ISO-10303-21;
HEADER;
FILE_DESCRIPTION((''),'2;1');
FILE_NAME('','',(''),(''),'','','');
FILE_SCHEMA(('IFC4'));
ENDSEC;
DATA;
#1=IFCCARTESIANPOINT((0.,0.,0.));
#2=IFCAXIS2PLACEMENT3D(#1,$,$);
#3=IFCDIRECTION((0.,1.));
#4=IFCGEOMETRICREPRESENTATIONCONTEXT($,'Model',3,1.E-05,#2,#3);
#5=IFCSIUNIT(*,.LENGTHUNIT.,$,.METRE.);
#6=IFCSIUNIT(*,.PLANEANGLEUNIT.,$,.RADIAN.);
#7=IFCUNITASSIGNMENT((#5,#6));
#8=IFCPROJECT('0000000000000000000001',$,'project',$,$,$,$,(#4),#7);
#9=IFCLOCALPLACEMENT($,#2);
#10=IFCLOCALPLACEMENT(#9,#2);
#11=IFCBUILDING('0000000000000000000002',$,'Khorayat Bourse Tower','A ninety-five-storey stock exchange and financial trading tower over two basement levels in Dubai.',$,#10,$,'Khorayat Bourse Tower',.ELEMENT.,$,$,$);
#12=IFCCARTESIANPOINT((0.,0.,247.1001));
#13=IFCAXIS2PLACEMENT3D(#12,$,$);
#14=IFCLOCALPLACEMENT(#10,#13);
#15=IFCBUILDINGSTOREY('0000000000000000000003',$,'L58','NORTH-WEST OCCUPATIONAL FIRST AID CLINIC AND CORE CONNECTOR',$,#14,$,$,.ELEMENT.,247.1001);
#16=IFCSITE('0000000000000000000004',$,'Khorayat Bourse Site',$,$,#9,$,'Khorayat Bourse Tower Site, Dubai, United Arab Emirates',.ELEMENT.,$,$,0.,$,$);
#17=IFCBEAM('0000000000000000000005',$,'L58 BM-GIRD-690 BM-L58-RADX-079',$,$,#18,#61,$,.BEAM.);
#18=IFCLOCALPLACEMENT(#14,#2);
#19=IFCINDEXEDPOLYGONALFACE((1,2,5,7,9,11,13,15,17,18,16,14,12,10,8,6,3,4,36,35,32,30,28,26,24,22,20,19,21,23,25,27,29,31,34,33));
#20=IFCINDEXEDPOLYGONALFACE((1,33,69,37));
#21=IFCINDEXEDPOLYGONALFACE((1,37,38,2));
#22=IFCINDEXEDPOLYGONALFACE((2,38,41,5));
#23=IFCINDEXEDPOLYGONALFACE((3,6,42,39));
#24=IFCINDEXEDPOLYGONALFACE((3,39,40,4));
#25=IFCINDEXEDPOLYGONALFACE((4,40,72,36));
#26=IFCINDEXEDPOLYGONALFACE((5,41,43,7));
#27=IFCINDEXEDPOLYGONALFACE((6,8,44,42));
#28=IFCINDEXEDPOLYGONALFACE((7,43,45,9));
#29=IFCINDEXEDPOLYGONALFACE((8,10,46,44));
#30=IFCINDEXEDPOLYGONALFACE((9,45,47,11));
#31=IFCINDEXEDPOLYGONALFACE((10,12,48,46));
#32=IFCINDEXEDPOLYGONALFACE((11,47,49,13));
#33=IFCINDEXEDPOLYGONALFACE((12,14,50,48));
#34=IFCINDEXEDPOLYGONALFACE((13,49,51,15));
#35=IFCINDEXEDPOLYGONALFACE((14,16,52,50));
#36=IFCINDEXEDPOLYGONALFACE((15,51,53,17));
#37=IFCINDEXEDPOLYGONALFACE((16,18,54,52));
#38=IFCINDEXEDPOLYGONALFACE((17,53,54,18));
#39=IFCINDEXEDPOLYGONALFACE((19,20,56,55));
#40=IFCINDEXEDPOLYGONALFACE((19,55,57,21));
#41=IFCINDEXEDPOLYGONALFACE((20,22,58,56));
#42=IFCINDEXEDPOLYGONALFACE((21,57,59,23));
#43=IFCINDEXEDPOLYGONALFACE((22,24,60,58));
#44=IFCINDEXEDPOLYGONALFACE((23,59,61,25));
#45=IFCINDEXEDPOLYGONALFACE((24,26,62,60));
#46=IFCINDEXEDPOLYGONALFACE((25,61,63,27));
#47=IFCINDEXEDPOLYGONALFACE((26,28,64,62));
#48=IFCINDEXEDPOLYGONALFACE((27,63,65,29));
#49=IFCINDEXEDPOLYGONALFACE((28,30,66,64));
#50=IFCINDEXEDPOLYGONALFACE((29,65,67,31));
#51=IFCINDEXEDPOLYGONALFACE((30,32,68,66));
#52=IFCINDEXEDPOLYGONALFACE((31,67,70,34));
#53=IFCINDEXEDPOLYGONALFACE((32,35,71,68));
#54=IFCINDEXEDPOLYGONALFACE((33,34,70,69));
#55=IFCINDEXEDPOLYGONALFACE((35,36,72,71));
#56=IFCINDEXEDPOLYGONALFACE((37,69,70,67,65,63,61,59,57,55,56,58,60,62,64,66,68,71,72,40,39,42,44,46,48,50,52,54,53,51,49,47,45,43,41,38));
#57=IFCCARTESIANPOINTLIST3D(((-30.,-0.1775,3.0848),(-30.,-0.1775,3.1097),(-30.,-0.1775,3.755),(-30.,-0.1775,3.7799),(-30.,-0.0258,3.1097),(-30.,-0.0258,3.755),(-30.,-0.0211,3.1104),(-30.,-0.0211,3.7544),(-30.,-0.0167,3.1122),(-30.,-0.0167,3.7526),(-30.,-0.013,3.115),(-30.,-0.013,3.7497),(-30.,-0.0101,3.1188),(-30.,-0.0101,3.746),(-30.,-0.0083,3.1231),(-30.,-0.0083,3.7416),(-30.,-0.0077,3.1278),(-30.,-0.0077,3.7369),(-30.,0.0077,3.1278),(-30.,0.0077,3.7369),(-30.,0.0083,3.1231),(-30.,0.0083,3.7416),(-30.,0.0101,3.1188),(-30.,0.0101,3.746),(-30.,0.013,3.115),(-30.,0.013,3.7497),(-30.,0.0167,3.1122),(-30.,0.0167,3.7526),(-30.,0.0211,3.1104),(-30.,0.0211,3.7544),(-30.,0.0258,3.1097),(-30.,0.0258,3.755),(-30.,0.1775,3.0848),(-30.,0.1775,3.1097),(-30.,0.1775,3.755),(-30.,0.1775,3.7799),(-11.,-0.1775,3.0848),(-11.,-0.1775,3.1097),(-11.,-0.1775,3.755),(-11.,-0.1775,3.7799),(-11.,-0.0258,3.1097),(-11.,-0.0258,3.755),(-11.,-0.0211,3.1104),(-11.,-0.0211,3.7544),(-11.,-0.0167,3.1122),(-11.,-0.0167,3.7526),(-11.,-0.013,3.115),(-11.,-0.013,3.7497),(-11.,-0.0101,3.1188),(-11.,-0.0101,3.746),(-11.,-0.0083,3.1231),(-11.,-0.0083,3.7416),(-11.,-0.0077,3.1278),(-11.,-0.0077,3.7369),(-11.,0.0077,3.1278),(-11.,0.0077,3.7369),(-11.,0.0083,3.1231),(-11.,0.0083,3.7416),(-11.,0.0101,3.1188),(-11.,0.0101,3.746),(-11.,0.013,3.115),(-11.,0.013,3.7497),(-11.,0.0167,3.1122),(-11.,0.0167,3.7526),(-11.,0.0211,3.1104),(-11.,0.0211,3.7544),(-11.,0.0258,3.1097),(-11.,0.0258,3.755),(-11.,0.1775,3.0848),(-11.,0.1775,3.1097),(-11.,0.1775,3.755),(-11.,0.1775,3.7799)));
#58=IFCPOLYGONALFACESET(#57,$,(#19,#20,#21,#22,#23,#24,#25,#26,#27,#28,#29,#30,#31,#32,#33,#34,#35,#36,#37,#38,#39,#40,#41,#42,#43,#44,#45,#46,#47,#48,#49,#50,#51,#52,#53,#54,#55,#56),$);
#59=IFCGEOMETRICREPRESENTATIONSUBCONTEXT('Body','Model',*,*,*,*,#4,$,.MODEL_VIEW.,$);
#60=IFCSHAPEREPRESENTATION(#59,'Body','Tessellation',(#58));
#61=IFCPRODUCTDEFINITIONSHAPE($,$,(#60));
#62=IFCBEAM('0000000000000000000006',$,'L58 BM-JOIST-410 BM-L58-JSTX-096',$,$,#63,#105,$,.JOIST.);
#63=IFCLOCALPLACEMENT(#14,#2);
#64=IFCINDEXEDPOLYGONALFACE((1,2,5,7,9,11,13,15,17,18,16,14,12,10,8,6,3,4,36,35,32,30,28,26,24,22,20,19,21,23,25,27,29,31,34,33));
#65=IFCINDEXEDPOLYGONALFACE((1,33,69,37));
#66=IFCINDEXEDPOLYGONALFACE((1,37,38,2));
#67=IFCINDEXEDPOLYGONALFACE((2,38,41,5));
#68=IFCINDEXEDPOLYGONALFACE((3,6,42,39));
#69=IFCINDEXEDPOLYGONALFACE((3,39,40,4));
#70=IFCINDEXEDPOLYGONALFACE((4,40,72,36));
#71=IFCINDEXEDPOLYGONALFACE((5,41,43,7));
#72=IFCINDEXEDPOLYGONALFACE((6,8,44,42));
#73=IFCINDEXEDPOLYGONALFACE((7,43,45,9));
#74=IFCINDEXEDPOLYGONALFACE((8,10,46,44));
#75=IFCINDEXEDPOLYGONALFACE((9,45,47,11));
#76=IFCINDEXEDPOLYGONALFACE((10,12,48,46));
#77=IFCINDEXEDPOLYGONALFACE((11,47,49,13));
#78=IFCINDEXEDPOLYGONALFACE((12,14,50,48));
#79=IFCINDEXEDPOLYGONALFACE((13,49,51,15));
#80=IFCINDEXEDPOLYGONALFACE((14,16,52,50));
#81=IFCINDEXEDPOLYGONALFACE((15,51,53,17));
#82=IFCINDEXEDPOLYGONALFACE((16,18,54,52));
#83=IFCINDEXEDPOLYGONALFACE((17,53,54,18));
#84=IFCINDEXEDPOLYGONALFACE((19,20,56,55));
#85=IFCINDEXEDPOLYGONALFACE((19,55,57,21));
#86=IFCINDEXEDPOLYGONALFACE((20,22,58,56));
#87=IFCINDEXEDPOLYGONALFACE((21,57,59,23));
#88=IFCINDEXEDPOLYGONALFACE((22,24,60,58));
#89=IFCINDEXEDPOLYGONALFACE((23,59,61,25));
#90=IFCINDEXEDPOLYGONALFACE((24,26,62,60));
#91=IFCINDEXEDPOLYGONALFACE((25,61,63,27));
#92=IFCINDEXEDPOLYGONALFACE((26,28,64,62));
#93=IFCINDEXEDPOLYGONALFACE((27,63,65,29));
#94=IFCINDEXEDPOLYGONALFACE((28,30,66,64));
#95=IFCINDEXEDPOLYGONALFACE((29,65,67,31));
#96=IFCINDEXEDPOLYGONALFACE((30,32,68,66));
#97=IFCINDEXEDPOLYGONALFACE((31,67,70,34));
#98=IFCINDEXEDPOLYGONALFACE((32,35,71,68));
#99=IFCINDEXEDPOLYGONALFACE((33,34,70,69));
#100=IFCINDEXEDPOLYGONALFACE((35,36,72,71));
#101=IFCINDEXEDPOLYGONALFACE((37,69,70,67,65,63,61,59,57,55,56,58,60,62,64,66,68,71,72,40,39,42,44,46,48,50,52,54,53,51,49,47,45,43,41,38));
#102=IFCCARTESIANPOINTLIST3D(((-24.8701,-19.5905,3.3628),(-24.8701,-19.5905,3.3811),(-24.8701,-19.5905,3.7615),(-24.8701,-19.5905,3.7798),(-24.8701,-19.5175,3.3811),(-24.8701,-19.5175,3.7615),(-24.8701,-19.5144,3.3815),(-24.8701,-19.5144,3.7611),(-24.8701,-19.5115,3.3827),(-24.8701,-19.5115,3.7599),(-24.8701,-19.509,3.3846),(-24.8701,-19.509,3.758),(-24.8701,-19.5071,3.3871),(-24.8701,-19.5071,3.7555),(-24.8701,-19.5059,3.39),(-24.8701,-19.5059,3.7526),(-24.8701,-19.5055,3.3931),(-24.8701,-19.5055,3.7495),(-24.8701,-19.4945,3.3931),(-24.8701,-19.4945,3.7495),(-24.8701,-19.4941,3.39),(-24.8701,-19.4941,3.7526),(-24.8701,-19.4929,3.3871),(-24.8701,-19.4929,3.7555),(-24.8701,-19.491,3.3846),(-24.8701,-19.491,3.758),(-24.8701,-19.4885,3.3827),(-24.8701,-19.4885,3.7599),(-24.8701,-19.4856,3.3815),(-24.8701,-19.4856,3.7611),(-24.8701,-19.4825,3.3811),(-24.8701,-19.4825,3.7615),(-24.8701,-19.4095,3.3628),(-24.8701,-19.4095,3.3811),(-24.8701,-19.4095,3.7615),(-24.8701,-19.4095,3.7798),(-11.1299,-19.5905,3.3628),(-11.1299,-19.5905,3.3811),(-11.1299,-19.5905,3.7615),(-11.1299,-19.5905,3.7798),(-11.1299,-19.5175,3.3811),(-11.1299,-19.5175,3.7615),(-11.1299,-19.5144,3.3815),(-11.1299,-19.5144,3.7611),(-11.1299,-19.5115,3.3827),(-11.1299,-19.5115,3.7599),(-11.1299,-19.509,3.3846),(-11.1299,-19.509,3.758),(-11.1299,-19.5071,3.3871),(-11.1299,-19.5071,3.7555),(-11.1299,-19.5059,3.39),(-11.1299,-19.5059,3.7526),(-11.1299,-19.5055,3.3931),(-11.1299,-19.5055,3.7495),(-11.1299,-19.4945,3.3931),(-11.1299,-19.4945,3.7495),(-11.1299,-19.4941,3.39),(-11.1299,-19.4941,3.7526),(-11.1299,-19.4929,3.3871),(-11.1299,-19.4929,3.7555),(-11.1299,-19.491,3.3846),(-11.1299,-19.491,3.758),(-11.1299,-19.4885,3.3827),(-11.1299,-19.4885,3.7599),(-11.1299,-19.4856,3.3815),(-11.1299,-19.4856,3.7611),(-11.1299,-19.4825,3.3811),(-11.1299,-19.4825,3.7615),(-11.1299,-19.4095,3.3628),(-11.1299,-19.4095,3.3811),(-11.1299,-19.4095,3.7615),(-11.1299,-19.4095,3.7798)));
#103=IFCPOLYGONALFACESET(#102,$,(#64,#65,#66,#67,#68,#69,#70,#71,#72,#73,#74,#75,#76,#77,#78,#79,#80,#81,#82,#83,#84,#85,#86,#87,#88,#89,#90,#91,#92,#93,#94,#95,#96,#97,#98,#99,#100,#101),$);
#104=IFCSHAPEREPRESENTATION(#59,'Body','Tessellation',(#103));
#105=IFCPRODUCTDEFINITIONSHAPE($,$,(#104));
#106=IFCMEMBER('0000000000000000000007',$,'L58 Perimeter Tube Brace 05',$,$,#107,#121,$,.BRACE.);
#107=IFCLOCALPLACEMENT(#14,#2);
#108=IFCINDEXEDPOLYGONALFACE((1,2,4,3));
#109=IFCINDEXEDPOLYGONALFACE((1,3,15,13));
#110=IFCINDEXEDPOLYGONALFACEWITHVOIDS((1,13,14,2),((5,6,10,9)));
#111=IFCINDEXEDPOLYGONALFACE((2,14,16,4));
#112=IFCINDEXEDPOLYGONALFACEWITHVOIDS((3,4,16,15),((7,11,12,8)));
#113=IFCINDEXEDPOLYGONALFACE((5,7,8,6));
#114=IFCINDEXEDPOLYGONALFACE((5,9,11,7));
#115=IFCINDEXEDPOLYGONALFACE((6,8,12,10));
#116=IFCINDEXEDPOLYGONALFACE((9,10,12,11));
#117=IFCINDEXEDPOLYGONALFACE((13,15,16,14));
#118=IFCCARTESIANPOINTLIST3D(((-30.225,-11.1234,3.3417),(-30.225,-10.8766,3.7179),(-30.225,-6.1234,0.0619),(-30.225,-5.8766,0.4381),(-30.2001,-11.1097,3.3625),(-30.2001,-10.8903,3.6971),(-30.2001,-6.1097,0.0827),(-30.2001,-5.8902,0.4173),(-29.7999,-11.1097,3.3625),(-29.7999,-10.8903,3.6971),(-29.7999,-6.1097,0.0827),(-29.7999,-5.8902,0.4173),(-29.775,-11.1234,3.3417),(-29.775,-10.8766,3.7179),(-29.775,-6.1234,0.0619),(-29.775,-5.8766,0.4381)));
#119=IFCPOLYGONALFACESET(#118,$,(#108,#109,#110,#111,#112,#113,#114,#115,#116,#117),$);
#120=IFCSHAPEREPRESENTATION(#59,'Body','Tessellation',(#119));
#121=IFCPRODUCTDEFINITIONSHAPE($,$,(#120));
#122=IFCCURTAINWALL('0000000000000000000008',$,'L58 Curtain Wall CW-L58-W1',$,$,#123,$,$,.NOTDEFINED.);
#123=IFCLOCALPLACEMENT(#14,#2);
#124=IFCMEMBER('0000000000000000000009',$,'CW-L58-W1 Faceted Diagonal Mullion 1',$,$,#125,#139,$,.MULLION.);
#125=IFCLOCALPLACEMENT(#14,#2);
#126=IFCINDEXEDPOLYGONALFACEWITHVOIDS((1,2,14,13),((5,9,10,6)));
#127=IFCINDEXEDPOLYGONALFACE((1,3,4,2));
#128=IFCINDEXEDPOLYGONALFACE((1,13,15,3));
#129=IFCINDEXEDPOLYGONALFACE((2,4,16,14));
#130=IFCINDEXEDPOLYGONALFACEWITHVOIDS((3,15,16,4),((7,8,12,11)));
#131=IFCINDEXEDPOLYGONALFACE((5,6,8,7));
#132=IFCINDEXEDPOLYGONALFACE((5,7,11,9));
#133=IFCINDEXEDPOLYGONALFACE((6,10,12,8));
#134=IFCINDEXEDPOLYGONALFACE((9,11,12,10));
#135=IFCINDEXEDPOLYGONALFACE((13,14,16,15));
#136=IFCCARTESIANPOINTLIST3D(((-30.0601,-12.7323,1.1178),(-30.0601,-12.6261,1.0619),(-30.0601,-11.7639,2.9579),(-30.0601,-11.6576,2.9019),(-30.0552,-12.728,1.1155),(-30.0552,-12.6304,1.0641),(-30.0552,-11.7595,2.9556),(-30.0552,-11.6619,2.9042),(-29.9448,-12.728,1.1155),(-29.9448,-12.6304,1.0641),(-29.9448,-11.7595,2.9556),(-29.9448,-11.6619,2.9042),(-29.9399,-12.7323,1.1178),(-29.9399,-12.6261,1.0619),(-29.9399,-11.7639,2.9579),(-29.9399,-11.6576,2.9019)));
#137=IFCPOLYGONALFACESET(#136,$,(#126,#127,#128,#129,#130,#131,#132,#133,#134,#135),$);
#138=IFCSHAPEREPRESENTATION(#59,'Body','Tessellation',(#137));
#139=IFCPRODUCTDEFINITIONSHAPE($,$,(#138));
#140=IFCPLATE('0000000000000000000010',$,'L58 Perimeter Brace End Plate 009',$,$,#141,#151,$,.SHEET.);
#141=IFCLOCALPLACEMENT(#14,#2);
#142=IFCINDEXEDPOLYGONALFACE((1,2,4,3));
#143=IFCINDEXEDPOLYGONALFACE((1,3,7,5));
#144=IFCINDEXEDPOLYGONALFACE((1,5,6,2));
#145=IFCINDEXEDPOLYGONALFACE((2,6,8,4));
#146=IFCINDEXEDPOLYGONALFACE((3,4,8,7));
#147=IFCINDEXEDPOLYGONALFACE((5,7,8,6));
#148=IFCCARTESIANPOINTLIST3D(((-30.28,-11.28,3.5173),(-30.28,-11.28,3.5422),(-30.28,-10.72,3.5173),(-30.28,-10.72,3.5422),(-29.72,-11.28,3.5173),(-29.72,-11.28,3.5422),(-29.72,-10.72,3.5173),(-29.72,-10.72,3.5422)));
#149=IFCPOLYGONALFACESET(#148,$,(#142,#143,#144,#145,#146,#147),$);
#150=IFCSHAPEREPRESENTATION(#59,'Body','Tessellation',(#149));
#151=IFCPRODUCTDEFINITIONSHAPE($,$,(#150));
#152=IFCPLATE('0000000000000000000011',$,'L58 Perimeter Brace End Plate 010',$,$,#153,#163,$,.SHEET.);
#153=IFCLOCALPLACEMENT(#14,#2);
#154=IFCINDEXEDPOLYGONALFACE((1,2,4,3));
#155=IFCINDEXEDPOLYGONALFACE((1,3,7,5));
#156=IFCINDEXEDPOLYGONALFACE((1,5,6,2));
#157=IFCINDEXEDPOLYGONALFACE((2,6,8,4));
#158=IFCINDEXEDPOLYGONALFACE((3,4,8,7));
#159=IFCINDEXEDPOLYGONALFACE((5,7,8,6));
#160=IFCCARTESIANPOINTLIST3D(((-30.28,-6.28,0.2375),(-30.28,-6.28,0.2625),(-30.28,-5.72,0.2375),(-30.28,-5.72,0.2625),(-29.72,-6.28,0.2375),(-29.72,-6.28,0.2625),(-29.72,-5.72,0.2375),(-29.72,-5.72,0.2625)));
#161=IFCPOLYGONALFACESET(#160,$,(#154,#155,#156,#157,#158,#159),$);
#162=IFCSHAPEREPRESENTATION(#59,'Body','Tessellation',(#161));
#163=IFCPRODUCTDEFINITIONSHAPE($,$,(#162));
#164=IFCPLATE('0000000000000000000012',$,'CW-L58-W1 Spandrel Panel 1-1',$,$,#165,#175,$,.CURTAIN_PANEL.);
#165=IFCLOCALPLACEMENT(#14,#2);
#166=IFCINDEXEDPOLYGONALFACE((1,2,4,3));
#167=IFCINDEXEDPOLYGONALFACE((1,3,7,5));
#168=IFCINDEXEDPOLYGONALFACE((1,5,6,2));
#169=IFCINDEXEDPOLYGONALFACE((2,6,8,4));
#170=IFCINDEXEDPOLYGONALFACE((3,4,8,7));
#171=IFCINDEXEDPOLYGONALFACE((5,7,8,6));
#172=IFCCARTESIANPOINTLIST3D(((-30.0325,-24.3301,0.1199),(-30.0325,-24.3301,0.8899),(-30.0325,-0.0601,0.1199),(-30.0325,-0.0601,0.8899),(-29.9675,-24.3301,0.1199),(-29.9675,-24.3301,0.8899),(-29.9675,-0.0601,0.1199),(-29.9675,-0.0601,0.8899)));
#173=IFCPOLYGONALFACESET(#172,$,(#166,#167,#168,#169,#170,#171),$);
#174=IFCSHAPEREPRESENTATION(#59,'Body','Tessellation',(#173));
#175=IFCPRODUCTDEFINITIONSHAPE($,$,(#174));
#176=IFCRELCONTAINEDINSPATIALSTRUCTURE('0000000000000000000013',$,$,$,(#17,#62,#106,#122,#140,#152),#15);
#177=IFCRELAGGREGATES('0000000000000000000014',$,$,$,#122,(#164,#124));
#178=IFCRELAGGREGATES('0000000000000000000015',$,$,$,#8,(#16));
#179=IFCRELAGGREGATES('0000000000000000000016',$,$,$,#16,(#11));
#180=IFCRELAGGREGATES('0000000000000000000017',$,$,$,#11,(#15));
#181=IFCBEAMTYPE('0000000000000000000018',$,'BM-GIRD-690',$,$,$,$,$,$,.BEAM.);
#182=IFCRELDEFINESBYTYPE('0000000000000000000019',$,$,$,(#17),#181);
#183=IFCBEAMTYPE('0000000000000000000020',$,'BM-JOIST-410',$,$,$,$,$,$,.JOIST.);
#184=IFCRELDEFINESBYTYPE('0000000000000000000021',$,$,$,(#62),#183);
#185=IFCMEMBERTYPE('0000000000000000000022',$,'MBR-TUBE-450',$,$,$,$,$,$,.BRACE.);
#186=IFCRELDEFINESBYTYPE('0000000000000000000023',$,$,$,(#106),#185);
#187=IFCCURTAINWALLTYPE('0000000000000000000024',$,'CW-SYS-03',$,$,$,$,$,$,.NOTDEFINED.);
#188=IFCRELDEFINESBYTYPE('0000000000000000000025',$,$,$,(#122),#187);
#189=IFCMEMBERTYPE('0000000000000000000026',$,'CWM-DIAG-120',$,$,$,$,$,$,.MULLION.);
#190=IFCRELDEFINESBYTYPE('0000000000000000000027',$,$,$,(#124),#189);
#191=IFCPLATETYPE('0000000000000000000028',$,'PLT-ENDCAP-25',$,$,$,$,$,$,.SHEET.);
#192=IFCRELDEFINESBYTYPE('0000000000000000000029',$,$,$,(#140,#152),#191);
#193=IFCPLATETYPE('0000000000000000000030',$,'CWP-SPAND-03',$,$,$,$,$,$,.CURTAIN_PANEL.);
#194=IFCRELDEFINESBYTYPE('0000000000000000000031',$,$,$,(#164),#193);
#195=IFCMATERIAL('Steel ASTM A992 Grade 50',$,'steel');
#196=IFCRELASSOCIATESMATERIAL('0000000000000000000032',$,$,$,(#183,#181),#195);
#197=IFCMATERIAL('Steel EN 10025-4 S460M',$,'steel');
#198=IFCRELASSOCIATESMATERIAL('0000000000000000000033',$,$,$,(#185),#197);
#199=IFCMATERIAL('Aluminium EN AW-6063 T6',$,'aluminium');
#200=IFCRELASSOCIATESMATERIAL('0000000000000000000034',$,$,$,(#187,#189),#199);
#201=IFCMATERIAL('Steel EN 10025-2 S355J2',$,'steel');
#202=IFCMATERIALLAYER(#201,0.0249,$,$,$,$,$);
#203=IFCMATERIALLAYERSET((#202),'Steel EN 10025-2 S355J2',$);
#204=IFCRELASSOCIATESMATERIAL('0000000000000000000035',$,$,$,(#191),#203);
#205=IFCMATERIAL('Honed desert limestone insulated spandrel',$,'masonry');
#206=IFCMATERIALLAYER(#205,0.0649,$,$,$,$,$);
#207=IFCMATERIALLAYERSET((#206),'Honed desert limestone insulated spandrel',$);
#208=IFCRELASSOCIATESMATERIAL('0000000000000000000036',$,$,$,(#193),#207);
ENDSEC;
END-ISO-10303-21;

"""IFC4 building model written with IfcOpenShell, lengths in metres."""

from ifc_helpers import new_model, si_unit, direction, frame, origin, origin_2d, place, context, subcontext, project, spatial, rectangle, hollow_rectangle, i_section, extrude, source, transform, mapped, material, layer, layer_set, material_profile, profile_set, type_object, element, aggregate, save


model = new_model("IFC4")

# Units and contexts
model_context = context("Model", 3, precision=1e-05, world=origin(), true_north=direction((0.0, 1.0)))
body_context = subcontext(model_context, "Body", "Model", "MODEL_VIEW")
ifc_project = project(units=[si_unit("LENGTHUNIT", "METRE"), si_unit("PLANEANGLEUNIT", "RADIAN")], contexts=[model_context])

# Site, building, storey
site_placement = place(None, origin())
site = spatial("IfcSite", under=ifc_project, at=site_placement, Name="Khorayat Bourse Site", LongName="Khorayat Bourse Tower Site, Dubai, United Arab Emirates", CompositionType="ELEMENT", RefElevation=0.0)
building_placement = place(site_placement, origin())
building = spatial("IfcBuilding", under=site, at=building_placement, Name="Khorayat Bourse Tower", Description="A ninety-five-storey stock exchange and financial trading tower over two basement levels in Dubai.", LongName="Khorayat Bourse Tower", CompositionType="ELEMENT")
storey_placement = place(building_placement, frame((0.0, 0.0, 247.1001)))
storey = spatial("IfcBuildingStorey", under=building, at=storey_placement, Name="L58", Description="NORTH-WEST OCCUPATIONAL FIRST AID CLINIC AND CORE CONNECTOR", CompositionType="ELEMENT", Elevation=247.1001)

# Shared definitions
ifc_material_1 = material(Name="Steel EN 10025-4 S460M", Category="steel")

# Beams
ifc_material_2 = material(Name="Steel ASTM A992 Grade 50", Category="steel")
ifc_material_profile_1 = material_profile(ifc_material_2, i_section(OverallWidth=0.1809, OverallDepth=0.417, WebThickness=0.011, FlangeThickness=0.0183, FilletRadius=0.012, at=origin_2d()), Name="W410X85")
ifc_profile_set_1 = profile_set([ifc_material_profile_1], Name="Steel ASTM A992 Grade 50")
beam_type_1 = type_object("IfcBeamType", Name="BM-JOIST-410", PredefinedType="JOIST", material=ifc_profile_set_1)
ifc_material_profile_2 = material_profile(ifc_material_2, i_section(OverallWidth=0.355, OverallDepth=0.6951, WebThickness=0.0154, FlangeThickness=0.0249, FilletRadius=0.0181, at=origin_2d()), Name="W690X217")
ifc_profile_set_2 = profile_set([ifc_material_profile_2], Name="Steel ASTM A992 Grade 50")
beam_type_2 = type_object("IfcBeamType", Name="BM-GIRD-690", PredefinedType="BEAM", material=ifc_profile_set_2)
shared_shape_1 = source(origin(), body_context, "Body", "SweptSolid", [
    extrude(i_section(OverallWidth=0.355, OverallDepth=0.6951, WebThickness=0.0154, FlangeThickness=0.0249, FilletRadius=0.0181, at=origin_2d()), origin(), (0.0, 0.0, 1.0), 19.0),
])
for number, where, z_axis, x_axis, name in (
    (1, (-30.0, 0.0, 3.4324), (1.0, 0.0, 0.0), (0.0, 1.0, 0.0), "L58 BM-GIRD-690 BM-L58-RADX-079"),
):
    element("IfcBeam", number, at=place(storey_placement, frame(where, z_axis=z_axis, x_axis=x_axis)), inside=storey, type_object=beam_type_2, Name=name, PredefinedType="BEAM", context=body_context, shape_type="MappedRepresentation", body=[
        mapped(shared_shape_1, transform((0.0, 0.0, 0.0), scale=1.0)),
    ])
shared_shape_2 = source(origin(), body_context, "Body", "SweptSolid", [
    extrude(i_section(OverallWidth=0.1809, OverallDepth=0.417, WebThickness=0.011, FlangeThickness=0.0183, FilletRadius=0.012, at=origin_2d()), origin(), (0.0, 0.0, 1.0), 13.7402),
])
beam_1_placement = place(storey_placement, frame((-24.8701, -19.5, 3.5713), z_axis=(1.0, 0.0, 0.0), x_axis=(0.0, 1.0, 0.0)))
element("IfcBeam", 2, at=beam_1_placement, inside=storey, type_object=beam_type_1, Name="L58 BM-JOIST-410 BM-L58-JSTX-096", PredefinedType="JOIST", context=body_context, shape_type="MappedRepresentation", body=[
    mapped(shared_shape_2, transform((0.0, 0.0, 0.0), scale=1.0)),
])

# Member
ifc_material_profile_3 = material_profile(ifc_material_1, hollow_rectangle(XDim=0.45, YDim=0.45, WallThickness=0.0249, at=origin_2d()), Name="HSS 450x450x25")
ifc_profile_set_3 = profile_set([ifc_material_profile_3], Name="Steel EN 10025-4 S460M")
member_type_1 = type_object("IfcMemberType", Name="MBR-TUBE-450", PredefinedType="BRACE", material=ifc_profile_set_3)
shared_shape_3 = source(origin(), body_context, "Body", "SweptSolid", [
    extrude(hollow_rectangle(XDim=0.45, YDim=0.45, WallThickness=0.0249, at=origin_2d()), origin(), (0.0, 0.0, 1.0), 5.9797),
])
member_1_placement = place(storey_placement, frame((-30.0, -11.0, 3.5298), z_axis=(0.0, 0.83616, -0.548485), x_axis=(-1.0, 0.0, 0.0)))
element("IfcMember", 3, at=member_1_placement, inside=storey, type_object=member_type_1, Name="L58 Perimeter Tube Brace 05", PredefinedType="BRACE", context=body_context, shape_type="MappedRepresentation", body=[
    mapped(shared_shape_3, transform((0.0, 0.0, 0.0), scale=1.0)),
])

# Curtain wall, member
ifc_material_3 = material(Name="Aluminium EN AW-6063 T6", Category="aluminium")
curtain_wall_type = type_object("IfcCurtainWallType", Name="CW-SYS-03", PredefinedType="NOTDEFINED", material=ifc_material_3)
curtain_wall_placement = place(storey_placement, origin())
curtain_wall = element("IfcCurtainWall", 4, at=curtain_wall_placement, inside=storey, type_object=curtain_wall_type, Name="L58 Curtain Wall CW-L58-W1", PredefinedType="NOTDEFINED")
ifc_material_profile_4 = material_profile(ifc_material_3, hollow_rectangle(XDim=0.1201, YDim=0.1201, WallThickness=0.0049, at=origin_2d()), Name="ALU 120x120x5")
ifc_profile_set_4 = profile_set([ifc_material_profile_4], Name="Aluminium EN AW-6063 T6")
member_type_2 = type_object("IfcMemberType", Name="CWM-DIAG-120", PredefinedType="MULLION", material=ifc_profile_set_4)
shared_shape_4 = source(origin(), body_context, "Body", "SweptSolid", [
    extrude(hollow_rectangle(XDim=0.1201, YDim=0.1201, WallThickness=0.0049, at=origin_2d()), origin(), (0.0, 0.0, 1.0), 2.0793),
])
member_2_placement = place(storey_placement, frame((-30.0, -12.6792, 1.0898), z_axis=(0.0, 0.465761, 0.884911), x_axis=(-1.0, 0.0, 0.0)))
member_2 = element("IfcMember", 5, at=member_2_placement, type_object=member_type_2, Name="CW-L58-W1 Faceted Diagonal Mullion 1", PredefinedType="MULLION", context=body_context, shape_type="MappedRepresentation", body=[
    mapped(shared_shape_4, transform((0.0, 0.0, 0.0), scale=1.0)),
])

# Plates
ifc_material_4 = material(Name="Steel EN 10025-2 S355J2", Category="steel")
ifc_layer_1 = layer(ifc_material_4, 0.0249)
ifc_layer_set_1 = layer_set([ifc_layer_1], Name="Steel EN 10025-2 S355J2")
plate_type_1 = type_object("IfcPlateType", Name="PLT-ENDCAP-25", PredefinedType="SHEET", material=ifc_layer_set_1)
shared_shape_5 = source(origin(), body_context, "Body", "SweptSolid", [
    extrude(rectangle(XDim=0.5601, YDim=0.5601, at=origin_2d()), origin(), (0.0, 0.0, 1.0), 0.0249),
])
for number, where, z_axis, x_axis, name in (
    (6, (-30.0, -11.0, 3.5173), (0.0, 0.0, 1.0), (1.0, 0.0, 0.0), "L58 Perimeter Brace End Plate 009"),
    (7, (-30.0, -6.0, 0.2375), (0.0, 0.0, 1.0), (1.0, 0.0, 0.0), "L58 Perimeter Brace End Plate 010"),
):
    element("IfcPlate", number, at=place(storey_placement, frame(where, z_axis=z_axis, x_axis=x_axis)), inside=storey, type_object=plate_type_1, Name=name, PredefinedType="SHEET", context=body_context, shape_type="MappedRepresentation", body=[
        mapped(shared_shape_5, transform((0.0, 0.0, 0.0), scale=1.0)),
    ])

# Plate
ifc_material_5 = material(Name="Honed desert limestone insulated spandrel", Category="masonry")
ifc_layer_2 = layer(ifc_material_5, 0.0649)
ifc_layer_set_2 = layer_set([ifc_layer_2], Name="Honed desert limestone insulated spandrel")
plate_type_2 = type_object("IfcPlateType", Name="CWP-SPAND-03", PredefinedType="CURTAIN_PANEL", material=ifc_layer_set_2)
shared_shape_6 = source(origin(), body_context, "Body", "SweptSolid", [
    extrude(rectangle(XDim=24.27, YDim=0.0649, at=origin_2d()), origin(), (0.0, 0.0, 1.0), 0.77),
])
plate_1_placement = place(storey_placement, frame((-30.0, -12.1951, 0.1199), z_axis=(0.0, 0.0, 1.0), x_axis=(0.0, 1.0, 0.0)))
plate_1 = element("IfcPlate", 8, at=plate_1_placement, type_object=plate_type_2, Name="CW-L58-W1 Spandrel Panel 1-1", PredefinedType="CURTAIN_PANEL", context=body_context, shape_type="MappedRepresentation", body=[
    mapped(shared_shape_6, transform((0.0, 0.0, 0.0), scale=1.0)),
])
aggregate(curtain_wall, [plate_1, member_2])

save(model, "model.ifc")
